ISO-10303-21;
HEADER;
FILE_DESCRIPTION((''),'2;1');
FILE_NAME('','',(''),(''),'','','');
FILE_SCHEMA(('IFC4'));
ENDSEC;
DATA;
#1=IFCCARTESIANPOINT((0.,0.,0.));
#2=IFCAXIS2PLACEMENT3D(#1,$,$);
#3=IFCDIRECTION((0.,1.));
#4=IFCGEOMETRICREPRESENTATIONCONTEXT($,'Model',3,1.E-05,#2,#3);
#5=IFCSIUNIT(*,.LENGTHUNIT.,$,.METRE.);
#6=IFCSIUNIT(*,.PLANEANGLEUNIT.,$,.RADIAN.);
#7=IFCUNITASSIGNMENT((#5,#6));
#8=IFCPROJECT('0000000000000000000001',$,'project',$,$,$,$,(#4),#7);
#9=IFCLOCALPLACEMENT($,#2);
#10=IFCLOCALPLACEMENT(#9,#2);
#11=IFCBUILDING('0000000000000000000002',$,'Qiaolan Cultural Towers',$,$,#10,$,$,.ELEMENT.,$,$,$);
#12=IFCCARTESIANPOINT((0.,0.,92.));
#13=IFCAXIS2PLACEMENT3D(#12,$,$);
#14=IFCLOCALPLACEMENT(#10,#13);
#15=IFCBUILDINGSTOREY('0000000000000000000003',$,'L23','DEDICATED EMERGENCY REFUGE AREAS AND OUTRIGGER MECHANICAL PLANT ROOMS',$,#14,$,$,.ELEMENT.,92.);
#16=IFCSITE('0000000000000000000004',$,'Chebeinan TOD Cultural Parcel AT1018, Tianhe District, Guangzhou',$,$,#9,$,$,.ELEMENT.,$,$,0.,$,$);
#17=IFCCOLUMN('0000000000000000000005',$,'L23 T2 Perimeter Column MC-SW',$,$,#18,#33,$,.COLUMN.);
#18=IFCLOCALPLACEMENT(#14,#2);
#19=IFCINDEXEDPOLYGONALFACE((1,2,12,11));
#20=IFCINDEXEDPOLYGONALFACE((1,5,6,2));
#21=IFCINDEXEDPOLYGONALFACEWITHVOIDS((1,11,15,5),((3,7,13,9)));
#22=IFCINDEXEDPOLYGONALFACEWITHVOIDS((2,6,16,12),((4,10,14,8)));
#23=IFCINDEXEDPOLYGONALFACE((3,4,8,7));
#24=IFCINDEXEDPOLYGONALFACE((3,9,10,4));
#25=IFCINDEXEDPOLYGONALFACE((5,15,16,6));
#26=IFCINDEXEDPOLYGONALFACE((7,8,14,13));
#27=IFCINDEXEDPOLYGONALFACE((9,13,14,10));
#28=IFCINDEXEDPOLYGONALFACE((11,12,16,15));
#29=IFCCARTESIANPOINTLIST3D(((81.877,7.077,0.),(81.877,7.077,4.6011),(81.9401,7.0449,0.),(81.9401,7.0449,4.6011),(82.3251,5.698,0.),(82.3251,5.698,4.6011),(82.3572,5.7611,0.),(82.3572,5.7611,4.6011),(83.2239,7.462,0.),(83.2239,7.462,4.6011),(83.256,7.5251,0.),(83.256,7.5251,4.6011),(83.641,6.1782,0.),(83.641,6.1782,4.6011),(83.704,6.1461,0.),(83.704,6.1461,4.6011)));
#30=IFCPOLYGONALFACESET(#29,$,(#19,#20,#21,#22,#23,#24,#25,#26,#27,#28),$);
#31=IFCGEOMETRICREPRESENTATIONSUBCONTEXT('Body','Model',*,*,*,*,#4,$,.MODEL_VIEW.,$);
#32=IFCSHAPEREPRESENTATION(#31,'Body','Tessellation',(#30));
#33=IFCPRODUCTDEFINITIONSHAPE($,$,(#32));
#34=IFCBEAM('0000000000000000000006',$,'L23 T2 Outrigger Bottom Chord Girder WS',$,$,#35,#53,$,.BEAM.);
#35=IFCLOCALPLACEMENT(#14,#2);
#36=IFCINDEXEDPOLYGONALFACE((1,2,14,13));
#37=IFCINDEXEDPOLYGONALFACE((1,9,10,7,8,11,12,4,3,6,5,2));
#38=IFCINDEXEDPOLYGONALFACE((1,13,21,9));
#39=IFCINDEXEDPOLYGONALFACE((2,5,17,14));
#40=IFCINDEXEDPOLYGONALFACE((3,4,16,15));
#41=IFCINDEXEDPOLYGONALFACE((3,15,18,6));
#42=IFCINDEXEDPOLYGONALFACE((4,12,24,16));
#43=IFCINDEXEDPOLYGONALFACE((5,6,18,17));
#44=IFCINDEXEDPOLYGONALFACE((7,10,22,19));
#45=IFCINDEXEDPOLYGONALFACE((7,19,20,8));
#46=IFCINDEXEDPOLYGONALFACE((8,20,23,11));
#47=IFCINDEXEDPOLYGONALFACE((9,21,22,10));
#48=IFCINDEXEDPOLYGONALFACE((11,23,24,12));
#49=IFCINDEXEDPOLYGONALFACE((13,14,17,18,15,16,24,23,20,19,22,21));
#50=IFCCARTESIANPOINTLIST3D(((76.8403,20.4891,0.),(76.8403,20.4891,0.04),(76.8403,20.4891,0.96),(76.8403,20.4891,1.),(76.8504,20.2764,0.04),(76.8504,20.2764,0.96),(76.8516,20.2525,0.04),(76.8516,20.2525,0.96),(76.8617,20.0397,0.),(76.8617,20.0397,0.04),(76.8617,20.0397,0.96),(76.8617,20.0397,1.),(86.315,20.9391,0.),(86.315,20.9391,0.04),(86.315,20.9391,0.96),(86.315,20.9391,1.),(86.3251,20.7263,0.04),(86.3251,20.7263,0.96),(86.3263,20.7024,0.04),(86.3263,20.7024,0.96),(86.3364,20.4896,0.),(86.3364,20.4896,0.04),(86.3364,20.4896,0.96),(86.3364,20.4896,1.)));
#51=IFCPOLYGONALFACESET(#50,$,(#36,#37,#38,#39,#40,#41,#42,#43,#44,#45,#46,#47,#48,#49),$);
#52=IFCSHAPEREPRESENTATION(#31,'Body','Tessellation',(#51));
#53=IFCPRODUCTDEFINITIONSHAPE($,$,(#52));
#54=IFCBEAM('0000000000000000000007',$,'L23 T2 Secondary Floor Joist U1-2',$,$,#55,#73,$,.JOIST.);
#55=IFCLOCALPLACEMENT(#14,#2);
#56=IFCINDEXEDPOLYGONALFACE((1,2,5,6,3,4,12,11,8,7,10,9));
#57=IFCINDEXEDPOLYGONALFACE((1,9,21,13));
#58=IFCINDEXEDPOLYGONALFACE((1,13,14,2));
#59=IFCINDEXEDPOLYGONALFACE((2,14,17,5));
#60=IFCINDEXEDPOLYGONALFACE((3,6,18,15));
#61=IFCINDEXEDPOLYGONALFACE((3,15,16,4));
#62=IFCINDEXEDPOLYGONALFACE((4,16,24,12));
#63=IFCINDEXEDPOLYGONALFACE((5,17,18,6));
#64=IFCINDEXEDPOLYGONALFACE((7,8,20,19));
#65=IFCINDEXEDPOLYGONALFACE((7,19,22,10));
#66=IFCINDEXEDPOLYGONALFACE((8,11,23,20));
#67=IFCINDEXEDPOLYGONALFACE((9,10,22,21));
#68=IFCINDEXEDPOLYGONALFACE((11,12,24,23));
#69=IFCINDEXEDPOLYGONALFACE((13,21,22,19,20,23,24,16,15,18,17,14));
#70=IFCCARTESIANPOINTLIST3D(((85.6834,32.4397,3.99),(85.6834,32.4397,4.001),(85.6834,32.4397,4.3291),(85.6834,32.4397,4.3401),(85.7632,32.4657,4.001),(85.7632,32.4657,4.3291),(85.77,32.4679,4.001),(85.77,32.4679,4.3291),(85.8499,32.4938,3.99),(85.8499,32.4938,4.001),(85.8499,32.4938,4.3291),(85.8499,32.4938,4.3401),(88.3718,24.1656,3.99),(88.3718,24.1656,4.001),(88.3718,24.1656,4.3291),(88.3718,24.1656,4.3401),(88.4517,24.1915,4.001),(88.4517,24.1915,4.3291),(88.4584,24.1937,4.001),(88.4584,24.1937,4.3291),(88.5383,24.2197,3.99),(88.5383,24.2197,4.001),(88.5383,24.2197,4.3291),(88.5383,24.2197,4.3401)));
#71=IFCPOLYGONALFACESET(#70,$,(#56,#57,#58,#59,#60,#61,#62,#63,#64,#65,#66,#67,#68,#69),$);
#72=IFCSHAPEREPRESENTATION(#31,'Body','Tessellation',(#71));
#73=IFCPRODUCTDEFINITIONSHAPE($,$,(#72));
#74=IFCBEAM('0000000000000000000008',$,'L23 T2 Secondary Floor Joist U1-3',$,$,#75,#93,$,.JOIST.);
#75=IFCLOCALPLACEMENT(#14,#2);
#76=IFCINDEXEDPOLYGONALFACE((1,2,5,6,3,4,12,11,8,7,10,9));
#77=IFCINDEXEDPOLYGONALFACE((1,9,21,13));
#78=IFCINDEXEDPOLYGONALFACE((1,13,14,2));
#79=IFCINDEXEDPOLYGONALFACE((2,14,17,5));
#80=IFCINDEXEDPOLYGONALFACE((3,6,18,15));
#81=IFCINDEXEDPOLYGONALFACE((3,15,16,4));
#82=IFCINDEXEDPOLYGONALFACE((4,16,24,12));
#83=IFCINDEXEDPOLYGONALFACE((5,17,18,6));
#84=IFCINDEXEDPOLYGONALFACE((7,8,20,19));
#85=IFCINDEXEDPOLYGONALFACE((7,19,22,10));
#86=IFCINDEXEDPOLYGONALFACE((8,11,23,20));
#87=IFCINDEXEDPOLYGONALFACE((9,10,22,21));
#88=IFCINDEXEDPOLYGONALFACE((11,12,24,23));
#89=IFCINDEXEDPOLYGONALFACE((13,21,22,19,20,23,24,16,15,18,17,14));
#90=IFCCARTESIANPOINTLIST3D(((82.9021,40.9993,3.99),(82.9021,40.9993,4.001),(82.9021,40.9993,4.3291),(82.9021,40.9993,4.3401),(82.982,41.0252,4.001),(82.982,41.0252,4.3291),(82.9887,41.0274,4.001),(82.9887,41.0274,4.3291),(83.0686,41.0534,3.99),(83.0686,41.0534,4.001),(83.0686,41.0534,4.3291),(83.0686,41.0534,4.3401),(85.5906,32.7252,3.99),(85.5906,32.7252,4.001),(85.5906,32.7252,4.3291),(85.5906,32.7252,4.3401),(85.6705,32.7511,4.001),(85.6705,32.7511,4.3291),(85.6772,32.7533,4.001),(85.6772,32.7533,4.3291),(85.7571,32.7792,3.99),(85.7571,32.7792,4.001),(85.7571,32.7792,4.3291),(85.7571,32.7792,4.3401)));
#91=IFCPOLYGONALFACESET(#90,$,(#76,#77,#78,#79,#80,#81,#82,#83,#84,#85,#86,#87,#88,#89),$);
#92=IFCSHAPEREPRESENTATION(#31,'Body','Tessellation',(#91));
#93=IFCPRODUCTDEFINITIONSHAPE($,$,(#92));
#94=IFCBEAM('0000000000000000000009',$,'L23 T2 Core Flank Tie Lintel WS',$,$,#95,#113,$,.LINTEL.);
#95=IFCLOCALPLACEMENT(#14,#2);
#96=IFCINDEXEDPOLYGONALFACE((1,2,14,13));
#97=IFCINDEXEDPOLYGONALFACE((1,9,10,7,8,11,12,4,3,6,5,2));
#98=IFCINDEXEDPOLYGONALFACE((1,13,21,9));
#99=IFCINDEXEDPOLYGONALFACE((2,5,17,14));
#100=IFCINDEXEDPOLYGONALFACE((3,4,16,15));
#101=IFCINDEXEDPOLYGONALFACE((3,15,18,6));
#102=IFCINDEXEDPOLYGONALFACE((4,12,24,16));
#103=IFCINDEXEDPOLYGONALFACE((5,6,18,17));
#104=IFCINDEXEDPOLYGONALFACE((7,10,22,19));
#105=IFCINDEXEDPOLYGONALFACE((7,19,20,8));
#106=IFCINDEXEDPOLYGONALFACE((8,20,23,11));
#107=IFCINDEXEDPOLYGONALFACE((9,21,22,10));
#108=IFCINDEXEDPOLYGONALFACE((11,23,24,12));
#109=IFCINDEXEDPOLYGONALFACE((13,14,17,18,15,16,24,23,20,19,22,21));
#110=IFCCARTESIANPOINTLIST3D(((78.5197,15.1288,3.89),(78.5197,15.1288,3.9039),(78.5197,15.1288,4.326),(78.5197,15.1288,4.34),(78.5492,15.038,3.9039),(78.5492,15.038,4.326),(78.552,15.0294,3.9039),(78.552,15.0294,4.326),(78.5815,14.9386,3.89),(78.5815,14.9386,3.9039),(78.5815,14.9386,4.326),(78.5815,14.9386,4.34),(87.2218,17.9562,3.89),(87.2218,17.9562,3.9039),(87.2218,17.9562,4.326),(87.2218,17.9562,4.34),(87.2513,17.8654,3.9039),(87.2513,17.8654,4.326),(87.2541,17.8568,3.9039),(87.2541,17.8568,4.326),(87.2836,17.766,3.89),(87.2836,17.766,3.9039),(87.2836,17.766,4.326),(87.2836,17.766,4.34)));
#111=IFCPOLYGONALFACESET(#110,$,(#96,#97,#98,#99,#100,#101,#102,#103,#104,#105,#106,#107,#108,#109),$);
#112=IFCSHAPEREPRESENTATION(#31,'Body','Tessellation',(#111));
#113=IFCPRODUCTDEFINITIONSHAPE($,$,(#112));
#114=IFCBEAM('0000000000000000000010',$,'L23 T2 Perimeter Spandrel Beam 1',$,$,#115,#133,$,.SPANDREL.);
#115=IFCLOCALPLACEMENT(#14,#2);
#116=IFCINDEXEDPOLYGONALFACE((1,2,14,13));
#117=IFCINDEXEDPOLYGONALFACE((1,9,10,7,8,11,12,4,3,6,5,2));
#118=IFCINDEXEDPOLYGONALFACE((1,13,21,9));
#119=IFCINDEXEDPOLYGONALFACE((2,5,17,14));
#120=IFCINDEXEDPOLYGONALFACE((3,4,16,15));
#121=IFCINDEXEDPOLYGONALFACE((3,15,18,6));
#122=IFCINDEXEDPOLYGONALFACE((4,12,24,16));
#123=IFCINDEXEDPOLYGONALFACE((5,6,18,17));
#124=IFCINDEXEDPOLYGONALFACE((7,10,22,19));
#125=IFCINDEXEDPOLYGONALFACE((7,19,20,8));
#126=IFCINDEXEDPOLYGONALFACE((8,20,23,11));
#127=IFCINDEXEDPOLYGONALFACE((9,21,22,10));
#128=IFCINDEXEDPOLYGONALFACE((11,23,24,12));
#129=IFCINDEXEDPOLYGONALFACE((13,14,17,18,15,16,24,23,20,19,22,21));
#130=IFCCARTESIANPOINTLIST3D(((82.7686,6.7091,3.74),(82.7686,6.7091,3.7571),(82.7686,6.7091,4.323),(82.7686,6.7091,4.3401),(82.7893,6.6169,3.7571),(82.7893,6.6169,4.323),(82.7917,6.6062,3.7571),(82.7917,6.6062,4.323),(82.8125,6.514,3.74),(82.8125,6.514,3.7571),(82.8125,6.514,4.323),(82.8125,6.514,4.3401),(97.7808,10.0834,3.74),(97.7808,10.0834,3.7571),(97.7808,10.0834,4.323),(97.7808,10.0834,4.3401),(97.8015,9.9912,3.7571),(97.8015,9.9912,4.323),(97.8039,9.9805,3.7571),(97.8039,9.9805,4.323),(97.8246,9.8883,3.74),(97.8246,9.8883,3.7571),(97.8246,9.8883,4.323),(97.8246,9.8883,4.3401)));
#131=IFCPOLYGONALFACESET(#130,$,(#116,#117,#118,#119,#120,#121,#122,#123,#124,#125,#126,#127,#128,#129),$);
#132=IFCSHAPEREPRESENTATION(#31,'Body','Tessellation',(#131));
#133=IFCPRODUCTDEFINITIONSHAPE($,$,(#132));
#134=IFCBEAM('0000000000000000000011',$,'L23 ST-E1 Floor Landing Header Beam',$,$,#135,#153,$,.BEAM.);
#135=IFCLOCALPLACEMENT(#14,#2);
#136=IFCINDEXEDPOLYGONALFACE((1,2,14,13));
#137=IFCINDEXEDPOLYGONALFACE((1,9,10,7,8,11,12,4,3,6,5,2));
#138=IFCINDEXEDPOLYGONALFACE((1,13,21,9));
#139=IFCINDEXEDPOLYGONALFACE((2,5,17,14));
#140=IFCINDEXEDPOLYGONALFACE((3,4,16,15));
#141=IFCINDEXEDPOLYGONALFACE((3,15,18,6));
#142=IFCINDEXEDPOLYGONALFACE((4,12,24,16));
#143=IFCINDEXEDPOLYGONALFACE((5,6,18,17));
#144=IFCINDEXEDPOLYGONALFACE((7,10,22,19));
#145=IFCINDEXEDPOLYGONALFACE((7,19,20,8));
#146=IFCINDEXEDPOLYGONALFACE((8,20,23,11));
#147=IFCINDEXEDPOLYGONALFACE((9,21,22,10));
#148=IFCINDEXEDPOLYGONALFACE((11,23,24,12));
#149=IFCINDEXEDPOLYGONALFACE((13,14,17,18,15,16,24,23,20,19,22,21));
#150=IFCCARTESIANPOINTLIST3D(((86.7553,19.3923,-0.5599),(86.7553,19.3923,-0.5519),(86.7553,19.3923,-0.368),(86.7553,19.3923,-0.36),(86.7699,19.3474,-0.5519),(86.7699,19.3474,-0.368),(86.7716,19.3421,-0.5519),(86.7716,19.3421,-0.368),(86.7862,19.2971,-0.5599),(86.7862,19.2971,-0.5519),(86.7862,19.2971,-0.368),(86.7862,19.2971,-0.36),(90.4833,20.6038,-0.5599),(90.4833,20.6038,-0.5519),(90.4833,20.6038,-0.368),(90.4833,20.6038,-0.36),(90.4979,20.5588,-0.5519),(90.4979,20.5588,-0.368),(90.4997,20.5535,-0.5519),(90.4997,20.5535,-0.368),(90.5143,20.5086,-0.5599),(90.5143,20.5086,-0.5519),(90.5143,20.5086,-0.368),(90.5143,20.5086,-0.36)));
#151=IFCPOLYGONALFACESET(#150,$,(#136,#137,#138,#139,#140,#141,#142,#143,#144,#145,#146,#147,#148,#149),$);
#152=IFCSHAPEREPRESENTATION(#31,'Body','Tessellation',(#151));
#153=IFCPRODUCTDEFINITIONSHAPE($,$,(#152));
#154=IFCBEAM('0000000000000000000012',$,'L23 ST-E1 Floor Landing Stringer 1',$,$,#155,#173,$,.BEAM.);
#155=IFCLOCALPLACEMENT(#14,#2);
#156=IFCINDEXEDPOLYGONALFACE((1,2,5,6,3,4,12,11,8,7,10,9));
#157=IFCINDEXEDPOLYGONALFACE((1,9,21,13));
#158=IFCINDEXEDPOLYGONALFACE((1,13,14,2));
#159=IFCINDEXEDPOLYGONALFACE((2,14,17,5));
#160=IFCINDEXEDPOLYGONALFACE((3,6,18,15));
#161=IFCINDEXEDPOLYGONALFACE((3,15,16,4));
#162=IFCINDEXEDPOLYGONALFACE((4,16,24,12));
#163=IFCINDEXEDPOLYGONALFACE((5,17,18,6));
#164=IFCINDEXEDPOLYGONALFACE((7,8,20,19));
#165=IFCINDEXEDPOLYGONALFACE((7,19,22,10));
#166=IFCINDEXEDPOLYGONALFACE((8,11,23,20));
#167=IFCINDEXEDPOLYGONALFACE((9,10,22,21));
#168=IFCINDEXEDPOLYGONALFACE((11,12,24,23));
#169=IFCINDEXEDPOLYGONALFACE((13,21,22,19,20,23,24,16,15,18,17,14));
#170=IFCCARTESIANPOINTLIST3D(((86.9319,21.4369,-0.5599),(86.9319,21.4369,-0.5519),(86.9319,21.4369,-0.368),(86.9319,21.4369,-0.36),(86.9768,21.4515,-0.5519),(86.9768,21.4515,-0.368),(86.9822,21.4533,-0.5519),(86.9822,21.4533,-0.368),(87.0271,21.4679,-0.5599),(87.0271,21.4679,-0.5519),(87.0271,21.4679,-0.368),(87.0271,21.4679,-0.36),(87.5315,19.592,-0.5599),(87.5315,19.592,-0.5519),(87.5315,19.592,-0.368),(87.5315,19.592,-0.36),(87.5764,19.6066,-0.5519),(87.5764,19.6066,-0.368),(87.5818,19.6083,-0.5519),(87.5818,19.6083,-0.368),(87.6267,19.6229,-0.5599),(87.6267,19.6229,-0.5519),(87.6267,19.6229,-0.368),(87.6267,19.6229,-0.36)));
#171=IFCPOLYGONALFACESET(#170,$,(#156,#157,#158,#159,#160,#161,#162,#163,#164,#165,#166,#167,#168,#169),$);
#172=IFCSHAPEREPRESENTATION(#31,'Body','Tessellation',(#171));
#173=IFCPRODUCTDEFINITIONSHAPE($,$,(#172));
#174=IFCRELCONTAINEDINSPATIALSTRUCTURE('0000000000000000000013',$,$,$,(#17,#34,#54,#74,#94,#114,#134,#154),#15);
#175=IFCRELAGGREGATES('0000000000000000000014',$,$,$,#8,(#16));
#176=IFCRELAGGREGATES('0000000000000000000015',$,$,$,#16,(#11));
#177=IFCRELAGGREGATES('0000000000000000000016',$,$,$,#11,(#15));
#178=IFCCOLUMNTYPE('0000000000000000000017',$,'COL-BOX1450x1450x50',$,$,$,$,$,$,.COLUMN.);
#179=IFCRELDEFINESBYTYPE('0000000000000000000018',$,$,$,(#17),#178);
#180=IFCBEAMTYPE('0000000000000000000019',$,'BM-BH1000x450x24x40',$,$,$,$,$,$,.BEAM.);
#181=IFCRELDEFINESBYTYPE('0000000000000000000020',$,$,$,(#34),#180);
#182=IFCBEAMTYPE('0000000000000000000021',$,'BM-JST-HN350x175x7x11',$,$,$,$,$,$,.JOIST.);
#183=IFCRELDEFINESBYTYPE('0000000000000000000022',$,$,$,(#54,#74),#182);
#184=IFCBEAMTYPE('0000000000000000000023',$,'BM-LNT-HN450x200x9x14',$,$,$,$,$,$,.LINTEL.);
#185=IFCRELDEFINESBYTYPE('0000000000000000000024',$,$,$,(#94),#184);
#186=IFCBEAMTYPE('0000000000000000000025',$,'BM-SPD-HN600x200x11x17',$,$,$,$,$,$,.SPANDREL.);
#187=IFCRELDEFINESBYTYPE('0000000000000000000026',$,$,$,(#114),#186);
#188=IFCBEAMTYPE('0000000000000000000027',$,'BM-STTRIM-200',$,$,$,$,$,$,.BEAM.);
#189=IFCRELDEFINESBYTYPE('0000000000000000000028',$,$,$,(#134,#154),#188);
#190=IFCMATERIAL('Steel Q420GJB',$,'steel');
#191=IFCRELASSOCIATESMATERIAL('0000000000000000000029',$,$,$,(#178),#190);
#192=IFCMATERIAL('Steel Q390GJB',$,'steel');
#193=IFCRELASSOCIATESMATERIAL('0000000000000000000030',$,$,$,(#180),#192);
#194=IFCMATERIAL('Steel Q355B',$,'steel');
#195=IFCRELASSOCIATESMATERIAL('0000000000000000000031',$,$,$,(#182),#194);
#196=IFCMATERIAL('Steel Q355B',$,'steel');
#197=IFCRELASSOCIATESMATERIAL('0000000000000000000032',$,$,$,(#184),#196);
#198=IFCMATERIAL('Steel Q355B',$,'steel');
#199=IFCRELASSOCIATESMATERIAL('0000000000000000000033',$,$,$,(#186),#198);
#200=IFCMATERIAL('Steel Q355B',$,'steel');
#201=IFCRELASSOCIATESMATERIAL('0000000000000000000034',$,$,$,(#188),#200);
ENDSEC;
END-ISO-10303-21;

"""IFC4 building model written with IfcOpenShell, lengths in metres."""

from ifc_helpers import new_model, si_unit, direction, frame, origin, origin_2d, place, context, subcontext, project, spatial, hollow_rectangle, i_section, extrude, material, material_profile, profile_set, type_object, element, save


model = new_model("IFC4")

# Units and contexts
model_context = context("Model", 3, precision=1e-05, world=origin(), true_north=direction((0.0, 1.0)))
body_context = subcontext(model_context, "Body", "Model", "MODEL_VIEW")
ifc_project = project(units=[si_unit("LENGTHUNIT", "METRE"), si_unit("PLANEANGLEUNIT", "RADIAN")], contexts=[model_context])

# Site, building, storey
site_placement = place(None, origin())
site = spatial("IfcSite", under=ifc_project, at=site_placement, Name="Chebeinan TOD Cultural Parcel AT1018, Tianhe District, Guangzhou", CompositionType="ELEMENT", RefElevation=0.0)
building_placement = place(site_placement, origin())
building = spatial("IfcBuilding", under=site, at=building_placement, Name="Qiaolan Cultural Towers", CompositionType="ELEMENT")
storey_placement = place(building_placement, frame((0.0, 0.0, 92.0)))
storey = spatial("IfcBuildingStorey", under=building, at=storey_placement, Name="L23", Description="DEDICATED EMERGENCY REFUGE AREAS AND OUTRIGGER MECHANICAL PLANT ROOMS", CompositionType="ELEMENT", Elevation=92.0)

# Column
ifc_material_1 = material(Name="Steel Q420GJB", Category="steel")
ifc_material_profile_1 = material_profile(ifc_material_1, hollow_rectangle(XDim=1.45, YDim=1.45, WallThickness=0.05, at=origin_2d()), Name="BOX1450x1450x50")
ifc_profile_set_1 = profile_set([ifc_material_profile_1], Name="Steel Q420GJB")
column_type = type_object("IfcColumnType", Name="COL-BOX1450x1450x50", PredefinedType="COLUMN", material=ifc_profile_set_1)
column_placement = place(storey_placement, frame((82.7905, 6.6116, 0.0), z_axis=(0.0, 0.0, 1.0), x_axis=(0.951057, 0.309017, 0.0)))
element("IfcColumn", 1, at=column_placement, inside=storey, type_object=column_type, Name="L23 T2 Perimeter Column MC-SW", PredefinedType="COLUMN", context=body_context, shape_type="SweptSolid", body=[
    extrude(hollow_rectangle(XDim=1.45, YDim=1.45, WallThickness=0.05, at=origin_2d()), origin(), (0.0, 0.0, 1.0), 4.6011),
])

# Beams
ifc_material_2 = material(Name="Steel Q390GJB", Category="steel")
ifc_material_profile_2 = material_profile(ifc_material_2, i_section(OverallWidth=0.45, OverallDepth=1.0, WebThickness=0.0239, FlangeThickness=0.04, at=origin_2d()), Name="BH1000x450x24x40")
ifc_profile_set_2 = profile_set([ifc_material_profile_2], Name="Steel Q390GJB")
beam_type_1 = type_object("IfcBeamType", Name="BM-BH1000x450x24x40", PredefinedType="BEAM", material=ifc_profile_set_2)
beam_1_placement = place(storey_placement, frame((86.3257, 20.7144, 0.5), z_axis=(-0.998874, -0.047437, 0.0), x_axis=(0.047437, -0.998874, 0.0)))
element("IfcBeam", 2, at=beam_1_placement, inside=storey, type_object=beam_type_1, Name="L23 T2 Outrigger Bottom Chord Girder WS", PredefinedType="BEAM", context=body_context, shape_type="SweptSolid", body=[
    extrude(i_section(OverallWidth=0.45, OverallDepth=1.0, WebThickness=0.0239, FlangeThickness=0.04, at=origin_2d()), origin(), (0.0, 0.0, 1.0), 9.4854),
])
ifc_material_3 = material(Name="Steel Q355B", Category="steel")
ifc_material_profile_3 = material_profile(ifc_material_3, i_section(OverallWidth=0.175, OverallDepth=0.3501, WebThickness=0.0071, FlangeThickness=0.011, at=origin_2d()), Name="HN350x175x7x11")
ifc_profile_set_3 = profile_set([ifc_material_profile_3], Name="Steel Q355B")
beam_type_2 = type_object("IfcBeamType", Name="BM-JST-HN350x175x7x11", PredefinedType="JOIST", material=ifc_profile_set_3)
for number, where, z_axis, x_axis, name in (
    (3, (88.4551, 24.1926, 4.165), (-0.309021, 0.951055, 0.0), (-0.951055, -0.309021, 0.0), "L23 T2 Secondary Floor Joist U1-2"),
    (4, (85.6738, 32.7522, 4.165), (-0.309021, 0.951055, 0.0), (-0.951055, -0.309021, 0.0), "L23 T2 Secondary Floor Joist U1-3"),
):
    element("IfcBeam", number, at=place(storey_placement, frame(where, z_axis=z_axis, x_axis=x_axis)), inside=storey, type_object=beam_type_2, Name=name, PredefinedType="JOIST", context=body_context, shape_type="SweptSolid", body=[
        extrude(i_section(OverallWidth=0.175, OverallDepth=0.3501, WebThickness=0.0071, FlangeThickness=0.011, at=origin_2d()), origin(), (0.0, 0.0, 1.0), 8.7),
    ])
ifc_material_4 = material(Name="Steel Q355B", Category="steel")
ifc_material_profile_4 = material_profile(ifc_material_4, i_section(OverallWidth=0.2, OverallDepth=0.45, WebThickness=0.009, FlangeThickness=0.0139, at=origin_2d()), Name="HN450x200x9x14")
ifc_profile_set_4 = profile_set([ifc_material_profile_4], Name="Steel Q355B")
beam_type_3 = type_object("IfcBeamType", Name="BM-LNT-HN450x200x9x14", PredefinedType="LINTEL", material=ifc_profile_set_4)
beam_2_placement = place(storey_placement, frame((87.2527, 17.8611, 4.115), z_axis=(-0.95106, -0.309006, 0.0), x_axis=(0.309006, -0.95106, 0.0)))
element("IfcBeam", 5, at=beam_2_placement, inside=storey, type_object=beam_type_3, Name="L23 T2 Core Flank Tie Lintel WS", PredefinedType="LINTEL", context=body_context, shape_type="SweptSolid", body=[
    extrude(i_section(OverallWidth=0.2, OverallDepth=0.45, WebThickness=0.009, FlangeThickness=0.0139, at=origin_2d()), origin(), (0.0, 0.0, 1.0), 9.1499),
])
ifc_material_5 = material(Name="Steel Q355B", Category="steel")
ifc_material_profile_5 = material_profile(ifc_material_5, i_section(OverallWidth=0.2, OverallDepth=0.6001, WebThickness=0.011, FlangeThickness=0.0171, at=origin_2d()), Name="HN600x200x11x17")
ifc_profile_set_5 = profile_set([ifc_material_profile_5], Name="Steel Q355B")
beam_type_4 = type_object("IfcBeamType", Name="BM-SPD-HN600x200x11x17", PredefinedType="SPANDREL", material=ifc_profile_set_5)
beam_3_placement = place(storey_placement, frame((82.7905, 6.6116, 4.04), z_axis=(0.975658, 0.219297, 0.0), x_axis=(-0.219297, 0.975658, 0.0)))
element("IfcBeam", 6, at=beam_3_placement, inside=storey, type_object=beam_type_4, Name="L23 T2 Perimeter Spandrel Beam 1", PredefinedType="SPANDREL", context=body_context, shape_type="SweptSolid", body=[
    extrude(i_section(OverallWidth=0.2, OverallDepth=0.6001, WebThickness=0.011, FlangeThickness=0.0171, at=origin_2d()), origin(), (0.0, 0.0, 1.0), 15.3867),
])
ifc_material_6 = material(Name="Steel Q355B", Category="steel")
ifc_material_profile_6 = material_profile(ifc_material_6, i_section(OverallWidth=0.1001, OverallDepth=0.2, WebThickness=0.0056, FlangeThickness=0.0081, at=origin_2d()), Name="HN200x100x5.5x8")
ifc_profile_set_6 = profile_set([ifc_material_profile_6], Name="Steel Q355B")
beam_type_5 = type_object("IfcBeamType", Name="BM-STTRIM-200", PredefinedType="BEAM", material=ifc_profile_set_6)
beam_4_placement = place(storey_placement, frame((86.7708, 19.3447, -0.46), z_axis=(0.951048, 0.309044, 0.0), x_axis=(-0.309044, 0.951048, 0.0)))
element("IfcBeam", 7, at=beam_4_placement, inside=storey, type_object=beam_type_5, Name="L23 ST-E1 Floor Landing Header Beam", PredefinedType="BEAM", context=body_context, shape_type="SweptSolid", body=[
    extrude(i_section(OverallWidth=0.1001, OverallDepth=0.2, WebThickness=0.0056, FlangeThickness=0.0081, at=origin_2d()), origin(), (0.0, 0.0, 1.0), 3.9199),
])
beam_5_placement = place(storey_placement, frame((86.9795, 21.4524, -0.46), z_axis=(0.309083, -0.951035, 0.0), x_axis=(0.951035, 0.309083, 0.0)))
element("IfcBeam", 8, at=beam_5_placement, inside=storey, type_object=beam_type_5, Name="L23 ST-E1 Floor Landing Stringer 1", PredefinedType="BEAM", context=body_context, shape_type="SweptSolid", body=[
    extrude(i_section(OverallWidth=0.1001, OverallDepth=0.2, WebThickness=0.0056, FlangeThickness=0.0081, at=origin_2d()), origin(), (0.0, 0.0, 1.0), 1.9399),
])

save(model, "model.ifc")
